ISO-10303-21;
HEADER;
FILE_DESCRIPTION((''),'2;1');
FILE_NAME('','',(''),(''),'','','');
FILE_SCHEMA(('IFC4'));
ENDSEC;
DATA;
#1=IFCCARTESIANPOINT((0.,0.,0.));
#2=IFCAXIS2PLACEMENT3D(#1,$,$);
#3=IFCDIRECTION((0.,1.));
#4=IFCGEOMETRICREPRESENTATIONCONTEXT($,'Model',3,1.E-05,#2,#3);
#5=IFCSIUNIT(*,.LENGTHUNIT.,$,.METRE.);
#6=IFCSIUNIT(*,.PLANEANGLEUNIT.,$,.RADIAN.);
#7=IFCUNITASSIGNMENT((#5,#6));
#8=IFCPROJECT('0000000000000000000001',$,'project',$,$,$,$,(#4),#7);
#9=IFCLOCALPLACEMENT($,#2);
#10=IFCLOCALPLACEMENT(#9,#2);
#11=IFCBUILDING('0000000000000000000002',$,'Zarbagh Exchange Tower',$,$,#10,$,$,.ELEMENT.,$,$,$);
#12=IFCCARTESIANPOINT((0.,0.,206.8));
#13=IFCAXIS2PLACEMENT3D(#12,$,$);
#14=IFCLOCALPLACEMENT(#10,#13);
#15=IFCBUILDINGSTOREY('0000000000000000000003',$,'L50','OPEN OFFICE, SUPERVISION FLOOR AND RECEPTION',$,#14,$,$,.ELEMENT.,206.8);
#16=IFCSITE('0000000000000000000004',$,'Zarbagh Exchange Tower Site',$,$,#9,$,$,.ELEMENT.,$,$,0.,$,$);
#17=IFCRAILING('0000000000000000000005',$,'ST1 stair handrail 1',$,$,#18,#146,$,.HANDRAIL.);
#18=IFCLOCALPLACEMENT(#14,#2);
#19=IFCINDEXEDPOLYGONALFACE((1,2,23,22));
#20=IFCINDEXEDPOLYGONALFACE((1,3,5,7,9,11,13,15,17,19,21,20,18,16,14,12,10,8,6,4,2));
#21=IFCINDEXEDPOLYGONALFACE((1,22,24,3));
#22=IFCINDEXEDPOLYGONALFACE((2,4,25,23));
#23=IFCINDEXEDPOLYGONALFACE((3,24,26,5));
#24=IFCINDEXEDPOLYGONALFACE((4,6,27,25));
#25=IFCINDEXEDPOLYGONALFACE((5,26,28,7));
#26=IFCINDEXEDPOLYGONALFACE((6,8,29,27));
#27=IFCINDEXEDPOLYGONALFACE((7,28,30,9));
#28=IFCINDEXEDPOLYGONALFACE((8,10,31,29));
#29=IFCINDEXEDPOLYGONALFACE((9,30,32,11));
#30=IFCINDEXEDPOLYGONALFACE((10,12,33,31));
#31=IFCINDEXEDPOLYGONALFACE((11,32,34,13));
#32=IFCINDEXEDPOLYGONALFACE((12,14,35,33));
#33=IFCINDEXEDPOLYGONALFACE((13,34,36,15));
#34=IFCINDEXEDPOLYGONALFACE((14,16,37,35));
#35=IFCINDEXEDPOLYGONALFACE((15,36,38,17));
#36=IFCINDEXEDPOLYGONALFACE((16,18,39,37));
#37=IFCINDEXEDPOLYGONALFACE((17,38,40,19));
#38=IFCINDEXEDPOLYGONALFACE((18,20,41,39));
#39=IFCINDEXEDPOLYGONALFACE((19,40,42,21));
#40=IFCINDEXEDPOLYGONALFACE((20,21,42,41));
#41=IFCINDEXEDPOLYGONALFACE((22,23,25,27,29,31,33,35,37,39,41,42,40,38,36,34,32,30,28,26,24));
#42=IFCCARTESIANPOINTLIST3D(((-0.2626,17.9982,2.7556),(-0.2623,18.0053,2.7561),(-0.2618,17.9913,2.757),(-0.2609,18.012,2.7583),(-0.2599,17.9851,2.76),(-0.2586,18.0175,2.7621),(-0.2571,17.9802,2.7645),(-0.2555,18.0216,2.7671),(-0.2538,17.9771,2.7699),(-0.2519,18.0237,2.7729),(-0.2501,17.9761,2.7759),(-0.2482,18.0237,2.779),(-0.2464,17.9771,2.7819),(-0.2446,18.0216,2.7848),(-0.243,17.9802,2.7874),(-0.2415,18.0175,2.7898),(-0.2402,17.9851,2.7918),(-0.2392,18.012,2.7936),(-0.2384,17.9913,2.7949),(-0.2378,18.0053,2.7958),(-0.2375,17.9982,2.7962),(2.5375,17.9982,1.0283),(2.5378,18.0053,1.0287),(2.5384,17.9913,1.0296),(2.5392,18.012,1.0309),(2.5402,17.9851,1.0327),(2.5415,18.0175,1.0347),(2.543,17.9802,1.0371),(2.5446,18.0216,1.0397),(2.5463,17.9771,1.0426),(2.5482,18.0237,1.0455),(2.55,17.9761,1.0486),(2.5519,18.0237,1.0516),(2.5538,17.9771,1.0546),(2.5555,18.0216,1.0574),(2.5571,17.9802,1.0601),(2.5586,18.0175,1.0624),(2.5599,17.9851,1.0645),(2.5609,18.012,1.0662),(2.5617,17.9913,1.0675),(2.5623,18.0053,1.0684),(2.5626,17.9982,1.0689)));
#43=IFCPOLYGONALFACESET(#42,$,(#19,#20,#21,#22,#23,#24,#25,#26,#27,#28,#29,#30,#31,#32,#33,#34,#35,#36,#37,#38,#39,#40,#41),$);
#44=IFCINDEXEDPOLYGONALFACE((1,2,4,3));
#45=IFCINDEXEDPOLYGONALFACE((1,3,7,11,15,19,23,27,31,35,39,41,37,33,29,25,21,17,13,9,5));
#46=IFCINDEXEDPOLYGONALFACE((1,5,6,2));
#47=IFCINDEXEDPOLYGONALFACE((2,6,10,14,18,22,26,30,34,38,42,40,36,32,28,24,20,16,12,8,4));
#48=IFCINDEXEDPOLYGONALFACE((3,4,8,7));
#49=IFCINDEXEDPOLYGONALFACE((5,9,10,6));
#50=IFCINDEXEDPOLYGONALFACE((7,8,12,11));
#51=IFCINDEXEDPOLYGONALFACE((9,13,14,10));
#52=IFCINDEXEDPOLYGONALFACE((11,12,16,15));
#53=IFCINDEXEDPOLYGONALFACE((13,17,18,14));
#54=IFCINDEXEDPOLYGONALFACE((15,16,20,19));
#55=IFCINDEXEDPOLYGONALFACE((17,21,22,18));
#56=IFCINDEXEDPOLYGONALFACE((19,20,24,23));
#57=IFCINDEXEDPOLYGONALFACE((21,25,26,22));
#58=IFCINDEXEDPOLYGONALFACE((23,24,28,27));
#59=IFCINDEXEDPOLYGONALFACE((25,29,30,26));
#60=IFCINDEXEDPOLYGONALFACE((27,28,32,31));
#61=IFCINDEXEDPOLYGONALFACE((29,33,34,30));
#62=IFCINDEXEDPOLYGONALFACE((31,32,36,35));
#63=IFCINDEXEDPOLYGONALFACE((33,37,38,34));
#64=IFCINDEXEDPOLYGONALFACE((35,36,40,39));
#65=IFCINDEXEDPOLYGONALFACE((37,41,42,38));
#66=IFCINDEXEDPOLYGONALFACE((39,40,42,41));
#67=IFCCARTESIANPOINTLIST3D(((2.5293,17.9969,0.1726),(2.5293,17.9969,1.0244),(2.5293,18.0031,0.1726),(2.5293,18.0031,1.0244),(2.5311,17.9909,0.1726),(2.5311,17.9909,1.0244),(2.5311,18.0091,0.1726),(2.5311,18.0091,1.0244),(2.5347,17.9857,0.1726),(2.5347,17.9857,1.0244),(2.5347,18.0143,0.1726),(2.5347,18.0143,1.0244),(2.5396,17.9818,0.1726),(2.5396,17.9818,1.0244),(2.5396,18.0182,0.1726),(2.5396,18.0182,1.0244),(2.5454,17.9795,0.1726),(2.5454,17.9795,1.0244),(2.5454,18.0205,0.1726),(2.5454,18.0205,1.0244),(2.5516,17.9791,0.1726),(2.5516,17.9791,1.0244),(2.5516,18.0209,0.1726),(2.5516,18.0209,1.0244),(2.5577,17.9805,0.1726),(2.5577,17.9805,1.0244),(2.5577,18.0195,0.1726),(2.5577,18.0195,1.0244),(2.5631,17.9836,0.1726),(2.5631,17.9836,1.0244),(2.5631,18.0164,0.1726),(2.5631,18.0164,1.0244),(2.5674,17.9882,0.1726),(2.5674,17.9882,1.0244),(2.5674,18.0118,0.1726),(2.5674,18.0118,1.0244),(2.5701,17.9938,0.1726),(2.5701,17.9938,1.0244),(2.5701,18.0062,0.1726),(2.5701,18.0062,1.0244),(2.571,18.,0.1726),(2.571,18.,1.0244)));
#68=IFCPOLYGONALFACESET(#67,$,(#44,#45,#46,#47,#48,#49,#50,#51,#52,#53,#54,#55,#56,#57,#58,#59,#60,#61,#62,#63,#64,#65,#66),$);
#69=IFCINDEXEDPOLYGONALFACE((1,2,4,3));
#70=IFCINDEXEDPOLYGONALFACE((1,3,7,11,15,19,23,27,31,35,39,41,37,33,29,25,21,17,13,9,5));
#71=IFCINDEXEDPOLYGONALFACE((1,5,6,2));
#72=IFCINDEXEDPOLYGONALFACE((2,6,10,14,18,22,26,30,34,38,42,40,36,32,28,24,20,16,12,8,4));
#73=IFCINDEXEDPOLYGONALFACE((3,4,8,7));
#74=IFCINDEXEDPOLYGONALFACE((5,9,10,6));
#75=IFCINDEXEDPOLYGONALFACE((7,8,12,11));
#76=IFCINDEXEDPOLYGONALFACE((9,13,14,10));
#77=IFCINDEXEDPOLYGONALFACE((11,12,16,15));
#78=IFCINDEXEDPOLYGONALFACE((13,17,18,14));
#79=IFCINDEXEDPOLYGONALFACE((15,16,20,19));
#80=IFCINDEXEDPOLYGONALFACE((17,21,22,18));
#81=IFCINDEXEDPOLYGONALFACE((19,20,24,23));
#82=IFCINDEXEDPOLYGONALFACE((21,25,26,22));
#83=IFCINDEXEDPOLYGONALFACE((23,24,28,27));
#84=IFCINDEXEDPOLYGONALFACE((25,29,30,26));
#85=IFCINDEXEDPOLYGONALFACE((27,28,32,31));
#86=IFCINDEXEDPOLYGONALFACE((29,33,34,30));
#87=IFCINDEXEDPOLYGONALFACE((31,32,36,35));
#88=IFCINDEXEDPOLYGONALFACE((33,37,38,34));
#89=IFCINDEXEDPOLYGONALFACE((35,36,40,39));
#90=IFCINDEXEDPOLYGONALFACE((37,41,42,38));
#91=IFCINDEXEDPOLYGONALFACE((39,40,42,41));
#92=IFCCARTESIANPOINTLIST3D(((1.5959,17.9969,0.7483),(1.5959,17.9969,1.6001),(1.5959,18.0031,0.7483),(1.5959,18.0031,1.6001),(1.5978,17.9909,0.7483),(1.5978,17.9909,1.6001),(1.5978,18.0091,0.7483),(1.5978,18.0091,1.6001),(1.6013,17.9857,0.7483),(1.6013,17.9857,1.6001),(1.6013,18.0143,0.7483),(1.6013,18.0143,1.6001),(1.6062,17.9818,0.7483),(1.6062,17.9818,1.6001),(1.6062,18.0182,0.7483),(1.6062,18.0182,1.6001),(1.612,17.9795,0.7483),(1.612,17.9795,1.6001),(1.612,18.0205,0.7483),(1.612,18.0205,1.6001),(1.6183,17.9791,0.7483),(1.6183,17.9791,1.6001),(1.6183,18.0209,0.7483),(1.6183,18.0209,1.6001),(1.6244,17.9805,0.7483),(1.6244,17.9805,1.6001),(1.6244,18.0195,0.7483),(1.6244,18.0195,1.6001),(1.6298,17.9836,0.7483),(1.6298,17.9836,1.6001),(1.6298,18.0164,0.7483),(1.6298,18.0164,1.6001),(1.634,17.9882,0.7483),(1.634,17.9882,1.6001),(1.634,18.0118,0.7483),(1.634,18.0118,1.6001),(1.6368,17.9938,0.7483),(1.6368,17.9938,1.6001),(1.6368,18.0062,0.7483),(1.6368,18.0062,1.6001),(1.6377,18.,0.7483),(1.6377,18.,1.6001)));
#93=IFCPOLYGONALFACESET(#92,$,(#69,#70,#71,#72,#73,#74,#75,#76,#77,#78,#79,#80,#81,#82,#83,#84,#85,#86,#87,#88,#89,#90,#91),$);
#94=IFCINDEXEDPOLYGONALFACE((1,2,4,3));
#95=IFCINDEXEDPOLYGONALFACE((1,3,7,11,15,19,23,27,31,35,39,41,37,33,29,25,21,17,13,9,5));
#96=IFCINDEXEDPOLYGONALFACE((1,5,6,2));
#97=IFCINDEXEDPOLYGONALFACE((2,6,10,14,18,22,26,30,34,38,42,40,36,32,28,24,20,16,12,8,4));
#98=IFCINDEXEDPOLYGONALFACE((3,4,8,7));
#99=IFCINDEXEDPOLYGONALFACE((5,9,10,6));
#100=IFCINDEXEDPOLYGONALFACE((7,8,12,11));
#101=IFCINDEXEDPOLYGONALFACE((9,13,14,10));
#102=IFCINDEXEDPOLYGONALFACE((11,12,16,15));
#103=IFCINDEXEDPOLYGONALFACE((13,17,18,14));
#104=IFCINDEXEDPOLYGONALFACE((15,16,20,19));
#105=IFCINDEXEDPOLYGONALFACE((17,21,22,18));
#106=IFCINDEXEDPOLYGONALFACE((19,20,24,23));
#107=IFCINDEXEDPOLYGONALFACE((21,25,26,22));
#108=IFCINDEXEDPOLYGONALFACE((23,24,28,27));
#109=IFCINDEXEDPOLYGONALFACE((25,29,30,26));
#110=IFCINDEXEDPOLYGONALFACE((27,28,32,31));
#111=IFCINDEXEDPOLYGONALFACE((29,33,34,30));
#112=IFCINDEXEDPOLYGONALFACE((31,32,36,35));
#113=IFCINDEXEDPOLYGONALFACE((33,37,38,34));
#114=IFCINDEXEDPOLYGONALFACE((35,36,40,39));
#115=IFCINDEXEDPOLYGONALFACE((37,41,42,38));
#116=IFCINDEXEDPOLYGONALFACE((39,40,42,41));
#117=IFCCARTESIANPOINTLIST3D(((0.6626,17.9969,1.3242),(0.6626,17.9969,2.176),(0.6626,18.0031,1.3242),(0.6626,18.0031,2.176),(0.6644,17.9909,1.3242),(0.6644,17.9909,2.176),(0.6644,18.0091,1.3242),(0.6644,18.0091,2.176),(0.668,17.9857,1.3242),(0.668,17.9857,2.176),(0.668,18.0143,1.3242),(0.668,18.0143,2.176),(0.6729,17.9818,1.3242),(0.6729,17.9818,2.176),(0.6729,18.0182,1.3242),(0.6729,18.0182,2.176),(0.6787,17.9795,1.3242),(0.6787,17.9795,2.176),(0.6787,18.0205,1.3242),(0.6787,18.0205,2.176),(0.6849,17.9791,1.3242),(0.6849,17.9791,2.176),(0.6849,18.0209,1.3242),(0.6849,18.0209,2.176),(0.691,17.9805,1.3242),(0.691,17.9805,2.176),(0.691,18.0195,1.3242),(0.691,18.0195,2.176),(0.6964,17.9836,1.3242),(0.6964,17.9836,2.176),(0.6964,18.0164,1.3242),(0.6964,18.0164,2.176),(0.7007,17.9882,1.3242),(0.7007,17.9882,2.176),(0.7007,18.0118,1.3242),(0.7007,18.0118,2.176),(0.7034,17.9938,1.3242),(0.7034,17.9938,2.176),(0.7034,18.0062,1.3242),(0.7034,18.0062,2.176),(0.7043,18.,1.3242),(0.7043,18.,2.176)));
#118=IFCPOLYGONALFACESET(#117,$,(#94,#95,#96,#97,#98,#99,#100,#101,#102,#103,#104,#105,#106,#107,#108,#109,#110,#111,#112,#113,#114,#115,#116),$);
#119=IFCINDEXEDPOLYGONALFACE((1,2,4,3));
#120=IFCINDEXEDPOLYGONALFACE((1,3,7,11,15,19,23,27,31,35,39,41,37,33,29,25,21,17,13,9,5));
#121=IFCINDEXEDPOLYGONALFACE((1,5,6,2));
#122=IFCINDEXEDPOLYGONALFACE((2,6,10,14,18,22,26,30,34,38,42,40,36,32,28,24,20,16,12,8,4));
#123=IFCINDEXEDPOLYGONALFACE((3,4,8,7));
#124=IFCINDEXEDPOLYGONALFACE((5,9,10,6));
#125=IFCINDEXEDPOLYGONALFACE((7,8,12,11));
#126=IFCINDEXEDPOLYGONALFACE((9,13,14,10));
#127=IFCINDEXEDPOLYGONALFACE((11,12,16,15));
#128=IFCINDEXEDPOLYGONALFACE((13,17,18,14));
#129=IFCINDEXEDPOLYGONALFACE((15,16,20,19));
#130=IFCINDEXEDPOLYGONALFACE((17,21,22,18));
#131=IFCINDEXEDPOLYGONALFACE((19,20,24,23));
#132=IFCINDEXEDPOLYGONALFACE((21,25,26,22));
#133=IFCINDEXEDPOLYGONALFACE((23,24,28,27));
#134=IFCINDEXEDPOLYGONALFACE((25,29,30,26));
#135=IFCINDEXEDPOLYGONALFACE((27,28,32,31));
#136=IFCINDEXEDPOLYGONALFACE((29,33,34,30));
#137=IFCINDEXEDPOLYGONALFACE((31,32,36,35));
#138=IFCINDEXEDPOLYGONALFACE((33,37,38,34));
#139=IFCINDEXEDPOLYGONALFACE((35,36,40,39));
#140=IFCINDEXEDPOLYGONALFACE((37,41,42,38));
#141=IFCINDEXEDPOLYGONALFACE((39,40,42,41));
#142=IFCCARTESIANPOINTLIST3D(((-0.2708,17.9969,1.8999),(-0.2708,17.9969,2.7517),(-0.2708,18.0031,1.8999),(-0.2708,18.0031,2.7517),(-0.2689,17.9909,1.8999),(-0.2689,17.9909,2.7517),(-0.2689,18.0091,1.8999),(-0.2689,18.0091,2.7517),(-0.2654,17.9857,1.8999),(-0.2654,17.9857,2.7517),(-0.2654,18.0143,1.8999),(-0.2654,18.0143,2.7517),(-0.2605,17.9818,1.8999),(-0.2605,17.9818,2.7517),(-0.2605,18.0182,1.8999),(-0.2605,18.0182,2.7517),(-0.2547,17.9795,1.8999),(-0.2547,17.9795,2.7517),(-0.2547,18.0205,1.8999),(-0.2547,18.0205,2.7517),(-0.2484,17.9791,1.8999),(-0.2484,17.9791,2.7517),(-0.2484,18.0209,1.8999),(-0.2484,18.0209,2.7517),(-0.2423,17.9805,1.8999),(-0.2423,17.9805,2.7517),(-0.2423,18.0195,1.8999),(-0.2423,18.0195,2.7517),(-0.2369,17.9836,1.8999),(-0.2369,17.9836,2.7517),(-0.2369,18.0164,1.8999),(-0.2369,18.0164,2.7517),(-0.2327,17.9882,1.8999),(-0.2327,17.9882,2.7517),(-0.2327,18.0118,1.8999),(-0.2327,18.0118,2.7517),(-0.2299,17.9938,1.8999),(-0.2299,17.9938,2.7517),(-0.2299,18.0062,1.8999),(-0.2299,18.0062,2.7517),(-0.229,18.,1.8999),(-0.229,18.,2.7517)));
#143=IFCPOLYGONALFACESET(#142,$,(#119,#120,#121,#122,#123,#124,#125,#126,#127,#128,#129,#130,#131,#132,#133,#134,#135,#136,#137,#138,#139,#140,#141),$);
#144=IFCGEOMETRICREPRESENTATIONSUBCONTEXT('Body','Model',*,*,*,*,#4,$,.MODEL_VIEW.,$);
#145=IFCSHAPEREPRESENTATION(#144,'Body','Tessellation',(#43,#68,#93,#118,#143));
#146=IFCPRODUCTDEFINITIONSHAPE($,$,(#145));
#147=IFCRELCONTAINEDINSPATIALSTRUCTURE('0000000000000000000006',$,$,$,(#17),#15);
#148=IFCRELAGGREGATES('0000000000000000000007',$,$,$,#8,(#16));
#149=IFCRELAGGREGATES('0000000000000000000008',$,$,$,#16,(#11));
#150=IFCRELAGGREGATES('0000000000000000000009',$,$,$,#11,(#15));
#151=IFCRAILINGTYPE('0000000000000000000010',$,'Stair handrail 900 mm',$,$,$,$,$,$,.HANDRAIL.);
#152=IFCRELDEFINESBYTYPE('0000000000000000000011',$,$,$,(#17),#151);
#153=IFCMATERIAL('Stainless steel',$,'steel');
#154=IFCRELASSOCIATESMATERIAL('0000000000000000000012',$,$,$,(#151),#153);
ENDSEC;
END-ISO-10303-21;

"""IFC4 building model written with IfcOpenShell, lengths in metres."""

from ifc_helpers import new_model, si_unit, direction, frame, origin, origin_2d, place, context, subcontext, project, spatial, circle, extrude, material, type_object, element, save


model = new_model("IFC4")

# Units and contexts
model_context = context("Model", 3, precision=1e-05, world=origin(), true_north=direction((0.0, 1.0)))
body_context = subcontext(model_context, "Body", "Model", "MODEL_VIEW")
ifc_project = project(units=[si_unit("LENGTHUNIT", "METRE"), si_unit("PLANEANGLEUNIT", "RADIAN")], contexts=[model_context])

# Site, building, storey
site_placement = place(None, origin())
site = spatial("IfcSite", under=ifc_project, at=site_placement, Name="Zarbagh Exchange Tower Site", CompositionType="ELEMENT", RefElevation=0.0)
building_placement = place(site_placement, origin())
building = spatial("IfcBuilding", under=site, at=building_placement, Name="Zarbagh Exchange Tower", CompositionType="ELEMENT")
storey_placement = place(building_placement, frame((0.0, 0.0, 206.8)))
storey = spatial("IfcBuildingStorey", under=building, at=storey_placement, Name="L50", Description="OPEN OFFICE, SUPERVISION FLOOR AND RECEPTION", CompositionType="ELEMENT", Elevation=206.8)

# Railing
ifc_material_1 = material(Name="Stainless steel", Category="steel")
railing_type_1 = type_object("IfcRailingType", Name="Stair handrail 900 mm", PredefinedType="HANDRAIL", material=ifc_material_1)
railing_1_placement = place(storey_placement, frame((2.55, 18.0, 0.1726)))
element("IfcRailing", 1, at=railing_1_placement, inside=storey, type_object=railing_type_1, Name="ST1 stair handrail 1", PredefinedType="HANDRAIL", context=body_context, shape_type="SweptSolid", body=[
    extrude(circle(Radius=0.0239, at=origin_2d()), frame((0.0, 0.0, 0.876), z_axis=(-0.85109, 0.0, 0.52502), x_axis=(0.0, -1.0, 0.0)), (0.0, 0.0, 1.0), 3.29),
    extrude(circle(Radius=0.021, at=origin_2d()), origin(), (0.0, 0.0, 1.0), 0.8518),
    extrude(circle(Radius=0.021, at=origin_2d()), frame((-0.9333, 0.0, 0.5757)), (0.0, 0.0, 1.0), 0.8518),
    extrude(circle(Radius=0.021, at=origin_2d()), frame((-1.8667, 0.0, 1.1516)), (0.0, 0.0, 1.0), 0.8518),
    extrude(circle(Radius=0.021, at=origin_2d()), frame((-2.8, 0.0, 1.7273)), (0.0, 0.0, 1.0), 0.8518),
])

save(model, "model.ifc")
